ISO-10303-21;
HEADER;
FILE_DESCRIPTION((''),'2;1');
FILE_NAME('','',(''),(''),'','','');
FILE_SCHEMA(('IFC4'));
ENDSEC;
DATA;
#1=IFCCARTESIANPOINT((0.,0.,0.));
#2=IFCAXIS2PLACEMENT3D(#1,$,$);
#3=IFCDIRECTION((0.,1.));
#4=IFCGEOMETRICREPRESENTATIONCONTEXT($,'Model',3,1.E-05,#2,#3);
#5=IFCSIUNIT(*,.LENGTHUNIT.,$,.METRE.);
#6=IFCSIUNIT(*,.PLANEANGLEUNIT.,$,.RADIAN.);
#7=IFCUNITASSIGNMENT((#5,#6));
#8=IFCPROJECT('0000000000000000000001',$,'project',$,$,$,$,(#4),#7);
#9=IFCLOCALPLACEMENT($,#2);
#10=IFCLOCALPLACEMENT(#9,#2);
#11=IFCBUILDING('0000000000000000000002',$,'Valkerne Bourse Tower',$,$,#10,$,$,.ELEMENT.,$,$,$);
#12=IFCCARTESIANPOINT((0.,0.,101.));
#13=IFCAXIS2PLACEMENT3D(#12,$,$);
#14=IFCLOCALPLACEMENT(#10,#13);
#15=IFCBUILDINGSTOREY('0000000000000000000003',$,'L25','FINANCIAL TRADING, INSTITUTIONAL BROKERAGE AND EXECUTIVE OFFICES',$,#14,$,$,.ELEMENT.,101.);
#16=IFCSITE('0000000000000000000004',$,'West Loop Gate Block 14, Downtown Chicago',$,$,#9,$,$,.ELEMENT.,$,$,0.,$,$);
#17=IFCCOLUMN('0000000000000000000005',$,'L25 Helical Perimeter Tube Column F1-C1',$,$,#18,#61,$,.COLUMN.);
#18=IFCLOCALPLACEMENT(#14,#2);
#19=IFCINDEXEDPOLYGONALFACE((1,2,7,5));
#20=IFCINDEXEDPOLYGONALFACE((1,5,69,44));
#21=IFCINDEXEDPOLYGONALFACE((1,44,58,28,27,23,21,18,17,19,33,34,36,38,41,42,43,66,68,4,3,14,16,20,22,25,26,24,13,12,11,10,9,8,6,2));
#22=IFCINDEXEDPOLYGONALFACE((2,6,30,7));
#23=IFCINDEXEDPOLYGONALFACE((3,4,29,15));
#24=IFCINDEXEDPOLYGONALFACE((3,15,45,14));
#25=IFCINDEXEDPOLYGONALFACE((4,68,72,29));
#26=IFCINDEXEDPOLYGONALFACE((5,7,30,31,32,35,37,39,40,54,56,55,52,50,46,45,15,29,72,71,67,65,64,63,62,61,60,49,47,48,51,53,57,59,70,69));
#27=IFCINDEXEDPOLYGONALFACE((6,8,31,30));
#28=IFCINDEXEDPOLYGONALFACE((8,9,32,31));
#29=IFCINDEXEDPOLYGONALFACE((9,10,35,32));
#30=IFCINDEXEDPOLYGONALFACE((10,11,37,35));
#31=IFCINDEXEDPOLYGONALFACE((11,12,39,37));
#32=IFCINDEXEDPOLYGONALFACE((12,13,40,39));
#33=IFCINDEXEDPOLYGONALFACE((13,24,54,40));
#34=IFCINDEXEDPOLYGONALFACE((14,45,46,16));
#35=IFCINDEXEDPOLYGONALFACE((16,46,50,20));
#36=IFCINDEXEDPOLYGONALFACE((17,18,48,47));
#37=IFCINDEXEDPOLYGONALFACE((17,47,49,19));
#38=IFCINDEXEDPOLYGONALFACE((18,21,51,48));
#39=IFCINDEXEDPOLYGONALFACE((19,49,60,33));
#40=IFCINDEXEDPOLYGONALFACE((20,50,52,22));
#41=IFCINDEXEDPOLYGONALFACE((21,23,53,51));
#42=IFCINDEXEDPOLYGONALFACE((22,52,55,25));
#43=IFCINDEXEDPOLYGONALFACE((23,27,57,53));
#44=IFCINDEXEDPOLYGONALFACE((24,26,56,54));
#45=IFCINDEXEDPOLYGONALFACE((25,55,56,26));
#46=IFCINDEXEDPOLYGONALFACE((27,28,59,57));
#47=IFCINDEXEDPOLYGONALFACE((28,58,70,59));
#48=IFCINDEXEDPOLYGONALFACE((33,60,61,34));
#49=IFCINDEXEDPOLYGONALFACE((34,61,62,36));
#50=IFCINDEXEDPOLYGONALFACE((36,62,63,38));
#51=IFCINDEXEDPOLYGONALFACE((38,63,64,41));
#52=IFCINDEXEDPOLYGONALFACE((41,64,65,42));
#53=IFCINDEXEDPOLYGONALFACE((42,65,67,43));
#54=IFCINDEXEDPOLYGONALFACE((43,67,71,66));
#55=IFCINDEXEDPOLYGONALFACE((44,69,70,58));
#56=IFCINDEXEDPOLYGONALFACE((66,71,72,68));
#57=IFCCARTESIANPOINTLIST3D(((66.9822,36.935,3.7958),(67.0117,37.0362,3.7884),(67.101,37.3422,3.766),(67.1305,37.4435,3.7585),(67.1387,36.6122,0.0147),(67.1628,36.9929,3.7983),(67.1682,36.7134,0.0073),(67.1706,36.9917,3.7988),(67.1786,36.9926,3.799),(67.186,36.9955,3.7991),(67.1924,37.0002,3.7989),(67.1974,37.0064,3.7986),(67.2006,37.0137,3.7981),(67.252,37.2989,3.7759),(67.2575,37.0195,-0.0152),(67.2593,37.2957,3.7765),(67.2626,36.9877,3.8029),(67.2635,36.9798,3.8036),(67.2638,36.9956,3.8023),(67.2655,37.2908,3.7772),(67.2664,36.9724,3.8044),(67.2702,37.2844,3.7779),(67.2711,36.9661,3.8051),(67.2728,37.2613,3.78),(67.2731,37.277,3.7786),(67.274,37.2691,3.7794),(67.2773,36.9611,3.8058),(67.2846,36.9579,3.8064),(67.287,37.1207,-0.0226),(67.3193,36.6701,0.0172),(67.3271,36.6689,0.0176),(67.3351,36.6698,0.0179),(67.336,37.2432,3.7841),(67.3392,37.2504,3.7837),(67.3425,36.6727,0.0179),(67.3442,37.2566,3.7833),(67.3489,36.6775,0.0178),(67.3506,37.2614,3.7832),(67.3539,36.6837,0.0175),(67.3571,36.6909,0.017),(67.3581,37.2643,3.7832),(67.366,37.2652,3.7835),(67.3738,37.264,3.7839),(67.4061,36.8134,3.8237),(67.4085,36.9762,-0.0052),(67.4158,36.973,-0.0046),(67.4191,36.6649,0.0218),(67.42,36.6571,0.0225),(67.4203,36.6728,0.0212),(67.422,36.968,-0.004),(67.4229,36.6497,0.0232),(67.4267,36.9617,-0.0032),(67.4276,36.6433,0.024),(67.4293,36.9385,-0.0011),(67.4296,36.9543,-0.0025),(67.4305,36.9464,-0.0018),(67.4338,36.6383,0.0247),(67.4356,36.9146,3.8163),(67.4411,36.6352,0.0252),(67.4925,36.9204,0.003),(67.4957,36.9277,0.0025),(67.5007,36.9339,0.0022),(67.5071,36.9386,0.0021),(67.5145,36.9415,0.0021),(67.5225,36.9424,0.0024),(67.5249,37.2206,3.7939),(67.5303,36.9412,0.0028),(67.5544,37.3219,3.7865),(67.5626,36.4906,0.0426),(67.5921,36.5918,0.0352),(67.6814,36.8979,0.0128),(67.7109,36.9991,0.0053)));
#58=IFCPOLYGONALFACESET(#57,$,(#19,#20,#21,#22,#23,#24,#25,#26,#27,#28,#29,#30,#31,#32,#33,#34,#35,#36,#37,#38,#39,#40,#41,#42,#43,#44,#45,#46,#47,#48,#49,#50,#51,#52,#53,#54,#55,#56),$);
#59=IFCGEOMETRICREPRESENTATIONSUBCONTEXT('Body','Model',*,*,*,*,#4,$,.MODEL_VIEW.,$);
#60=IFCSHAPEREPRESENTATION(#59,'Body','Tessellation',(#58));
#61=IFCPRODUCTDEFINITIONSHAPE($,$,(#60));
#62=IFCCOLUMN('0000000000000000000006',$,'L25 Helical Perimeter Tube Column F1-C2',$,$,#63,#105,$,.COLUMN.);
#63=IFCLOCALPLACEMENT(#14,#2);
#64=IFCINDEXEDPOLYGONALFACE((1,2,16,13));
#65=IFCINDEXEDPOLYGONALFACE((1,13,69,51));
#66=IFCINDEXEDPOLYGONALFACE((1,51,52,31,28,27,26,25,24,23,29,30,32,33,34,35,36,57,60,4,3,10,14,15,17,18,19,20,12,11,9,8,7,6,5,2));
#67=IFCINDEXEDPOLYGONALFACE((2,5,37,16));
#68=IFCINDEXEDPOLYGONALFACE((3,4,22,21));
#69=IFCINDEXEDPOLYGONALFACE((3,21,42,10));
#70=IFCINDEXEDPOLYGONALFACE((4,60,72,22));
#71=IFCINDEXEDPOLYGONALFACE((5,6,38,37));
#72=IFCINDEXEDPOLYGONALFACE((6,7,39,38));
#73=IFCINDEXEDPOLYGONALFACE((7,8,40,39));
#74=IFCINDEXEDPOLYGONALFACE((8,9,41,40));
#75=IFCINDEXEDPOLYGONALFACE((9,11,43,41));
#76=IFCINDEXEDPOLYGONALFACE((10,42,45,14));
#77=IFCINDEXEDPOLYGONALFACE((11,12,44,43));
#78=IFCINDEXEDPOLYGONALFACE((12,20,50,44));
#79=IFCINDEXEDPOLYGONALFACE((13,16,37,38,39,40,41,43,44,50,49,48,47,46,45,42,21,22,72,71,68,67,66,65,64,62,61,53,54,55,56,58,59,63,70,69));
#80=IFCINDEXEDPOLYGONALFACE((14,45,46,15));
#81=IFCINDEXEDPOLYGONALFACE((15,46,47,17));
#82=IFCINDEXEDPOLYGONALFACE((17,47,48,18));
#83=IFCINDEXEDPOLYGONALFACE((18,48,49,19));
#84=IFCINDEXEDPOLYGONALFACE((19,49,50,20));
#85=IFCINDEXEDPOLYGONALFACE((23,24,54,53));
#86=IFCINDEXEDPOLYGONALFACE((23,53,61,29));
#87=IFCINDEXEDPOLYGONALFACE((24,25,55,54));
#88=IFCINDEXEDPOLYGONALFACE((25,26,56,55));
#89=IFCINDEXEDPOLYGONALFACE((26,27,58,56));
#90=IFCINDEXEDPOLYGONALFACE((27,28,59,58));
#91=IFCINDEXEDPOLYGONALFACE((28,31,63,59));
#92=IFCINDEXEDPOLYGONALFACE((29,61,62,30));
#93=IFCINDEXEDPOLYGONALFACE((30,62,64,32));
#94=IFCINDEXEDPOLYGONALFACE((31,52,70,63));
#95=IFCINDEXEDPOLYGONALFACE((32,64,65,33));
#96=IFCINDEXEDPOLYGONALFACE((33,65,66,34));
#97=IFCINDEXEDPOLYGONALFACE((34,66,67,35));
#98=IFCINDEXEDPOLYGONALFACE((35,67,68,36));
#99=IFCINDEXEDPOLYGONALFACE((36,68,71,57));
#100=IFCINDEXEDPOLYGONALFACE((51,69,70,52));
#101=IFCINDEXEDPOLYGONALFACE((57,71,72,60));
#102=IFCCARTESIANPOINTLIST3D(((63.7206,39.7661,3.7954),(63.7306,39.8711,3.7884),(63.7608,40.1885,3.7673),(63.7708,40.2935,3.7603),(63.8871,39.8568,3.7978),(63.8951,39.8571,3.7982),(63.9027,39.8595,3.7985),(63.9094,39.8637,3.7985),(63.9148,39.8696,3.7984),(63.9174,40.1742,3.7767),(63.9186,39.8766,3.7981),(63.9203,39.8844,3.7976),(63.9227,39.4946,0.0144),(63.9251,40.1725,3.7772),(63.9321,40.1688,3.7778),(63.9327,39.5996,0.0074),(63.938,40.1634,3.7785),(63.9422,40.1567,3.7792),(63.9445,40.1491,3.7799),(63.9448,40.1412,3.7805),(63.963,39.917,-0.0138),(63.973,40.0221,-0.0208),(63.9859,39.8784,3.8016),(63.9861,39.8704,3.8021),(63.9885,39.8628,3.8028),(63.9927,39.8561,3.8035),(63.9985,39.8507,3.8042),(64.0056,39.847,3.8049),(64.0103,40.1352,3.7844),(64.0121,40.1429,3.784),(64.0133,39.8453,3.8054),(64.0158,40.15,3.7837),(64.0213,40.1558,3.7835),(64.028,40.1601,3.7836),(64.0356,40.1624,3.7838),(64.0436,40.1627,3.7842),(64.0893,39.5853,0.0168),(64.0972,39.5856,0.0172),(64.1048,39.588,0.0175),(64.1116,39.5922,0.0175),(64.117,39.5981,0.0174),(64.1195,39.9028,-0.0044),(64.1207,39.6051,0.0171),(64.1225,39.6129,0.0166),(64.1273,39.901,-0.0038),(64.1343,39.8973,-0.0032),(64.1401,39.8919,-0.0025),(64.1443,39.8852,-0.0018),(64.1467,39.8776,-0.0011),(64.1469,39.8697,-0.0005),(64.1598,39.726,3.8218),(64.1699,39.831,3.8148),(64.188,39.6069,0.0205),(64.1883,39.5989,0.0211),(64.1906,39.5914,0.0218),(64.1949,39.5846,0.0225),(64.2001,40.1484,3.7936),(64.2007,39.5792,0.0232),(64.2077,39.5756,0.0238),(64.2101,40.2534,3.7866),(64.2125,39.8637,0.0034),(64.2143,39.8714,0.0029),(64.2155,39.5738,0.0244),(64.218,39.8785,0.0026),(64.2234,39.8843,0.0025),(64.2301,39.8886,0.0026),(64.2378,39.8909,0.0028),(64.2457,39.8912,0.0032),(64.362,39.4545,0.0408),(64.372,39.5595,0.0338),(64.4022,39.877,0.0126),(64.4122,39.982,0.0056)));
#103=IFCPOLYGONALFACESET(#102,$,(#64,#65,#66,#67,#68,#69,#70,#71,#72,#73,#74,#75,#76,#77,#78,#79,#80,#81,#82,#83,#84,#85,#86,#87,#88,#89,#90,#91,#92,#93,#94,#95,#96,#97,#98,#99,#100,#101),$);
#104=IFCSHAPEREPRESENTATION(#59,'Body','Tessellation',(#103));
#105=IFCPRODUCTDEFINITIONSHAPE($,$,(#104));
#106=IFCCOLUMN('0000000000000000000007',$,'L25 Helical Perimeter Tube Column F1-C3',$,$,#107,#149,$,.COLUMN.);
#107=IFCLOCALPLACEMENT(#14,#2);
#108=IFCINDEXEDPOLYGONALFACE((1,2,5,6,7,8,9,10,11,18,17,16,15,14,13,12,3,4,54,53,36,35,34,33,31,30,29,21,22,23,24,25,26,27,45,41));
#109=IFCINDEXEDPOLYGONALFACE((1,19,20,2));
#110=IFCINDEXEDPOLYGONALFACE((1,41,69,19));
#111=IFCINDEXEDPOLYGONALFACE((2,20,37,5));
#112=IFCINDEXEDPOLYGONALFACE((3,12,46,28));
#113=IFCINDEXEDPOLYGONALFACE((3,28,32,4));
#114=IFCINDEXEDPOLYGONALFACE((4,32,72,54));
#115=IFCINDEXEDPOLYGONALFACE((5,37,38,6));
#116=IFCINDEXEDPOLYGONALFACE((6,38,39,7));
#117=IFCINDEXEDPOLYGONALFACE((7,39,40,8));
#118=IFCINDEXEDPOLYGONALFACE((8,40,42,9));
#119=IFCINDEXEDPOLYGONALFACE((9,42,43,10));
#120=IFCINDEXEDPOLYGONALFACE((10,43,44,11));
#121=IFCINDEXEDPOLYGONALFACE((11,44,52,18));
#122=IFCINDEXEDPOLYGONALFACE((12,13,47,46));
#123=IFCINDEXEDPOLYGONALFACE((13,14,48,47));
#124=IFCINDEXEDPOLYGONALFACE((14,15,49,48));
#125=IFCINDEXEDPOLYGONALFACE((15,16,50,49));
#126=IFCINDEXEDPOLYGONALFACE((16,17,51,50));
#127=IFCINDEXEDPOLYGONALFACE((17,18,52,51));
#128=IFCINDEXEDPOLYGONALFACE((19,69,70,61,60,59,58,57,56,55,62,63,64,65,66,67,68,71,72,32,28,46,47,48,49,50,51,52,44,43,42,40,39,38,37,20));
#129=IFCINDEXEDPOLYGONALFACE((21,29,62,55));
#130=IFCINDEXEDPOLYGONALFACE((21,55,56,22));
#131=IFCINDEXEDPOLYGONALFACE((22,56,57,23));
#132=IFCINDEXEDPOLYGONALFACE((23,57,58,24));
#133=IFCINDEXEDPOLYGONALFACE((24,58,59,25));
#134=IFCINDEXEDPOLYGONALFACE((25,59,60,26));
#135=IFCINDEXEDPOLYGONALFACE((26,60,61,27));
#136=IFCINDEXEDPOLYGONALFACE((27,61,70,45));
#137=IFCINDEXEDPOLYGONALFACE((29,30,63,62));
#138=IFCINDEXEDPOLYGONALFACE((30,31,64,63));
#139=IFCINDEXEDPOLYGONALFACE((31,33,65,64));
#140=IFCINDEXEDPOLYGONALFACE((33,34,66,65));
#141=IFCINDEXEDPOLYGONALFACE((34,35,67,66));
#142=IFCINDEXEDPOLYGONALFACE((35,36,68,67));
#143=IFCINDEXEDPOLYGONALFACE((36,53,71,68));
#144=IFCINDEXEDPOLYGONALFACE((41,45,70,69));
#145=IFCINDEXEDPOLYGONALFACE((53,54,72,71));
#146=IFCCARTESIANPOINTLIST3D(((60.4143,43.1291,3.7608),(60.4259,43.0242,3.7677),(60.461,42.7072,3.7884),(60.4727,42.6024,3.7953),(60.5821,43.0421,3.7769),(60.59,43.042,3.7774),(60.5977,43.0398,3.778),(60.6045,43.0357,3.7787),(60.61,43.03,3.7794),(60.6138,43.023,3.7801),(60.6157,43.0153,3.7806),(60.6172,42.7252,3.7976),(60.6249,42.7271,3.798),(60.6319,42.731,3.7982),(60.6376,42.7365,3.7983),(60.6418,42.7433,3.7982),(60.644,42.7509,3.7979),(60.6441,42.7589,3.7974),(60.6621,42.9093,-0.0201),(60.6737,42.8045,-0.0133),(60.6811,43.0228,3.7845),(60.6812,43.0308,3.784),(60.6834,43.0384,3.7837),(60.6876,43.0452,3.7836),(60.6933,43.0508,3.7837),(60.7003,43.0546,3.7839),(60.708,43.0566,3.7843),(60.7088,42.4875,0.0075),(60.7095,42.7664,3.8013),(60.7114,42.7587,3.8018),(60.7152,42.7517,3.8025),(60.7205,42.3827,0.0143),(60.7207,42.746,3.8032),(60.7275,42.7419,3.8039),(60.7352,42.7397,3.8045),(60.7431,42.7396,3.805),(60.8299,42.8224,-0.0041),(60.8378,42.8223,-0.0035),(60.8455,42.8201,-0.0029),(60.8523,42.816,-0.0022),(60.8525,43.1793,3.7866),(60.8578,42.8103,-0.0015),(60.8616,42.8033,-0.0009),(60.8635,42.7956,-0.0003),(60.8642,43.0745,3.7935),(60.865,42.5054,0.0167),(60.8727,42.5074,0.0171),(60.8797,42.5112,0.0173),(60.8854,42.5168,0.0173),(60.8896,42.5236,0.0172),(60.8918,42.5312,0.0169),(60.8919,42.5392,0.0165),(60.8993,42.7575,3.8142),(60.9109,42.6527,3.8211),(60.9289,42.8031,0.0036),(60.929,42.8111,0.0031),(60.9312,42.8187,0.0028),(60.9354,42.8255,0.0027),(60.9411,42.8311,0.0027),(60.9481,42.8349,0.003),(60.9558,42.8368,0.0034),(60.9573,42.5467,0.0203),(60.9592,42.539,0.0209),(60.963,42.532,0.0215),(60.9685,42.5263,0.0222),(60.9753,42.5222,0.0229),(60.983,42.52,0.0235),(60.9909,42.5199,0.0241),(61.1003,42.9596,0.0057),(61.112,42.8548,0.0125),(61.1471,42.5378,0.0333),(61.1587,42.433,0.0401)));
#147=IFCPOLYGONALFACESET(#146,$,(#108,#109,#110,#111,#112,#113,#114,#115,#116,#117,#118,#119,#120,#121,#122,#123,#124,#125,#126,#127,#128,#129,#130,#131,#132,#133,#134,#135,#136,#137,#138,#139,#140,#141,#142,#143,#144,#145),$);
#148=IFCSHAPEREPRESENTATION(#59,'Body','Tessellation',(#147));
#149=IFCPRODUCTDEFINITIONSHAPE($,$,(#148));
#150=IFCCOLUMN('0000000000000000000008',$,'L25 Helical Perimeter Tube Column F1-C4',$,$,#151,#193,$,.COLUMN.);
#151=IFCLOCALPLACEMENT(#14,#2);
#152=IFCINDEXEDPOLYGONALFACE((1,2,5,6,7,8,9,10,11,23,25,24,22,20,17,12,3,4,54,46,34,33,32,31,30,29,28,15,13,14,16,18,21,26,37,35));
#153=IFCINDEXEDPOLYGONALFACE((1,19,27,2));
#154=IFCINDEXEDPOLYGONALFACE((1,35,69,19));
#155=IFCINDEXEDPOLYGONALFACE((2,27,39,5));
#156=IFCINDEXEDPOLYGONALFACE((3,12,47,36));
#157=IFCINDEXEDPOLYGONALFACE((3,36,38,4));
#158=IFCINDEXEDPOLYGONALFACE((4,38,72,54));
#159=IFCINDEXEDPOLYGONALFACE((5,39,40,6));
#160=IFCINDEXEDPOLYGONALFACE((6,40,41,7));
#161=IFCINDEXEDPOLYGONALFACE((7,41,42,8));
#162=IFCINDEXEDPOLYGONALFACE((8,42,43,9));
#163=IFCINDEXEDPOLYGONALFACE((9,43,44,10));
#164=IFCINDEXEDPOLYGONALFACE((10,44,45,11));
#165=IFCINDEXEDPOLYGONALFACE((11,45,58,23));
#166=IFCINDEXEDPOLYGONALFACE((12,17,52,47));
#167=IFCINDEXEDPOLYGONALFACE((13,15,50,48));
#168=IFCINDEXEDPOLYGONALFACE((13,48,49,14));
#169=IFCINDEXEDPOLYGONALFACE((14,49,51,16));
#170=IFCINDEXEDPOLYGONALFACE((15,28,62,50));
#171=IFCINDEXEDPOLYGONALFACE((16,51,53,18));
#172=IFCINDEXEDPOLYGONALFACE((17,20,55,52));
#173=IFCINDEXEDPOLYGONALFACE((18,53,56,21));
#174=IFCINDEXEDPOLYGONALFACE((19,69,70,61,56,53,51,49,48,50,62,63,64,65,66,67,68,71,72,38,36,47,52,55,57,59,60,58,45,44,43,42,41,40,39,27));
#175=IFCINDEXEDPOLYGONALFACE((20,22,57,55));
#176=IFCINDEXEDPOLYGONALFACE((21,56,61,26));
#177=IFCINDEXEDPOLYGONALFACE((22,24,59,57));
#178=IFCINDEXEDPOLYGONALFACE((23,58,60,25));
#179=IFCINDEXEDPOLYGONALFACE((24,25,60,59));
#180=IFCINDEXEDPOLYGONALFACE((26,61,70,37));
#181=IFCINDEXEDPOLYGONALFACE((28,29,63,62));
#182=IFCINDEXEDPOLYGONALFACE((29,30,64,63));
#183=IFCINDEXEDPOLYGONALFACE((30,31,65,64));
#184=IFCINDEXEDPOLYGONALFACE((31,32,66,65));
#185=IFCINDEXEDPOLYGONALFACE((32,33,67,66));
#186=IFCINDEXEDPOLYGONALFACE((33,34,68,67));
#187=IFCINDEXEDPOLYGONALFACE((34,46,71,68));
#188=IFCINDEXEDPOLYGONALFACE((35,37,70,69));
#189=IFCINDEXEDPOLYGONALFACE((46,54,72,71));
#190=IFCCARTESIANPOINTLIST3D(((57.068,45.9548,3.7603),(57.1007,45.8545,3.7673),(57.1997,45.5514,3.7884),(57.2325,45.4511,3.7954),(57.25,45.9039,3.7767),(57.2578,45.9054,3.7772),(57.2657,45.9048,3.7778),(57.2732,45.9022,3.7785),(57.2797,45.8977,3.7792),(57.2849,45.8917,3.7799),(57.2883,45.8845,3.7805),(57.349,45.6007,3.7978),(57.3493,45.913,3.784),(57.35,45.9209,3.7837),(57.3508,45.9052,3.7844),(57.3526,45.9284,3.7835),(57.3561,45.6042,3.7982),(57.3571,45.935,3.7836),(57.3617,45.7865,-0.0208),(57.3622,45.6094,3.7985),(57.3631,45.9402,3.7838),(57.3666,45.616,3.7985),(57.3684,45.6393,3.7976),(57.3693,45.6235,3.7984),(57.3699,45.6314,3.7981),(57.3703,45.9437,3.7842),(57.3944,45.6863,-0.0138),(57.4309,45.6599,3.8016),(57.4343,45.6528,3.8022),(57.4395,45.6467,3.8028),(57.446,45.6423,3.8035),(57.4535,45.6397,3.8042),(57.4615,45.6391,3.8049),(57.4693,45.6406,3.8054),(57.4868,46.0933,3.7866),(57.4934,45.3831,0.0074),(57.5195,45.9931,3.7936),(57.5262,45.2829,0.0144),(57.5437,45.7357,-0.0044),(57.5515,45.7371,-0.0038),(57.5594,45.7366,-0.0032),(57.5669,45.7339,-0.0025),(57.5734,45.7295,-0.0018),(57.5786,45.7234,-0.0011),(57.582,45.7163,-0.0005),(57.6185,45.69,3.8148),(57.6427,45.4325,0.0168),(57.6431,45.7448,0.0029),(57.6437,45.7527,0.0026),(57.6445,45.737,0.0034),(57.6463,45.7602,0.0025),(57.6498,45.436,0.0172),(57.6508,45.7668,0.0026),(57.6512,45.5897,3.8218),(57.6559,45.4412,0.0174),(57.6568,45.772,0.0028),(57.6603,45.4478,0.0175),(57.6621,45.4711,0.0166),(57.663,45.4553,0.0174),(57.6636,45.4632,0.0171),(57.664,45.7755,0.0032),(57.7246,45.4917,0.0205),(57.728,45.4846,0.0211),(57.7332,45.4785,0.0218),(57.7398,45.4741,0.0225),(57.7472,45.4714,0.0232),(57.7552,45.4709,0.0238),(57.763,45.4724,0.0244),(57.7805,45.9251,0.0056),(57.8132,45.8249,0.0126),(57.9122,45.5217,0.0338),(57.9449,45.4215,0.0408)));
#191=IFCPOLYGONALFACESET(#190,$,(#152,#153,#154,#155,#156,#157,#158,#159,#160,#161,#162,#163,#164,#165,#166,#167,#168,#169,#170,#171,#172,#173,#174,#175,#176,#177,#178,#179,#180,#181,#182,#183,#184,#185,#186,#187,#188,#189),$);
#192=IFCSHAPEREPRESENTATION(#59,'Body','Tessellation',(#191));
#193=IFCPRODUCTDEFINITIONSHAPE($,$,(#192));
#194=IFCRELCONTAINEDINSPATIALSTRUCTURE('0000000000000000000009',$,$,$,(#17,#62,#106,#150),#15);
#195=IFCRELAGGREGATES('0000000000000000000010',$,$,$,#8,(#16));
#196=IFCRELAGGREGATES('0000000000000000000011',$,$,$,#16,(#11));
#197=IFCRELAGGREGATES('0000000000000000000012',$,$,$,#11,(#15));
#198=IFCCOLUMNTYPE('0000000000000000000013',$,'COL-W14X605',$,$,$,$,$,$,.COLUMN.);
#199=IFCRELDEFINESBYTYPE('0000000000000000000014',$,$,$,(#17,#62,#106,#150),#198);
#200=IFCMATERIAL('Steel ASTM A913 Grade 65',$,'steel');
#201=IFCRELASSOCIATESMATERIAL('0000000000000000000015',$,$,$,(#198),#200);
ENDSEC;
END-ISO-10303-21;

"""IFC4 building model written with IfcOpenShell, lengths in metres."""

from ifc_helpers import new_model, si_unit, direction, frame, origin, origin_2d, place, context, subcontext, project, spatial, i_section, extrude, material, material_profile, profile_set, type_object, element, save


model = new_model("IFC4")

# Units and contexts
model_context = context("Model", 3, precision=1e-05, world=origin(), true_north=direction((0.0, 1.0)))
body_context = subcontext(model_context, "Body", "Model", "MODEL_VIEW")
ifc_project = project(units=[si_unit("LENGTHUNIT", "METRE"), si_unit("PLANEANGLEUNIT", "RADIAN")], contexts=[model_context])

# Site, building, storey
site_placement = place(None, origin())
site = spatial("IfcSite", under=ifc_project, at=site_placement, Name="West Loop Gate Block 14, Downtown Chicago", CompositionType="ELEMENT", RefElevation=0.0)
building_placement = place(site_placement, origin())
building = spatial("IfcBuilding", under=site, at=building_placement, Name="Valkerne Bourse Tower", CompositionType="ELEMENT")
storey_placement = place(building_placement, frame((0.0, 0.0, 101.0)))
storey = spatial("IfcBuildingStorey", under=building, at=storey_placement, Name="L25", Description="FINANCIAL TRADING, INSTITUTIONAL BROKERAGE AND EXECUTIVE OFFICES", CompositionType="ELEMENT", Elevation=101.0)

# Columns
ifc_material_1 = material(Name="Steel ASTM A913 Grade 65", Category="steel")
ifc_material_profile_1 = material_profile(ifc_material_1, i_section(OverallWidth=0.4419, OverallDepth=0.531, WebThickness=0.0659, FlangeThickness=0.1057, FilletRadius=0.0305, at=origin_2d()), Name="W14X605")
ifc_profile_set_1 = profile_set([ifc_material_profile_1], Name="Steel ASTM A913 Grade 65")
column_type = type_object("IfcColumnType", Name="COL-W14X605", PredefinedType="COLUMN", material=ifc_profile_set_1)
column_1_placement = place(storey_placement, frame((67.4248, 36.8057, 0.01), z_axis=(-0.041205, 0.08498, 0.99553), x_axis=(0.959316, -0.27517, 0.063195)))
element("IfcColumn", 1, at=column_1_placement, inside=storey, type_object=column_type, Name="L25 Helical Perimeter Tube Column F1-C1", PredefinedType="COLUMN", context=body_context, shape_type="SweptSolid", body=[
    extrude(i_section(OverallWidth=0.4419, OverallDepth=0.531, WebThickness=0.0659, FlangeThickness=0.1057, FilletRadius=0.0305, at=origin_2d()), origin(), (0.0, 0.0, 1.0), 3.7981),
])
column_2_placement = place(storey_placement, frame((64.1675, 39.7383, 0.01), z_axis=(-0.053251, 0.071516, 0.996017), x_axis=(0.994087, -0.090728, 0.059663)))
element("IfcColumn", 2, at=column_2_placement, inside=storey, type_object=column_type, Name="L25 Helical Perimeter Tube Column F1-C2", PredefinedType="COLUMN", context=body_context, shape_type="SweptSolid", body=[
    extrude(i_section(OverallWidth=0.4419, OverallDepth=0.531, WebThickness=0.0659, FlangeThickness=0.1057, FilletRadius=0.0305, at=origin_2d()), origin(), (0.0, 0.0, 1.0), 3.7961),
])
column_3_placement = place(storey_placement, frame((60.9104, 42.6711, 0.01), z_axis=(-0.065289, 0.057892, 0.996186), x_axis=(0.991787, 0.113797, 0.058387)))
element("IfcColumn", 3, at=column_3_placement, inside=storey, type_object=column_type, Name="L25 Helical Perimeter Tube Column F1-C3", PredefinedType="COLUMN", context=body_context, shape_type="SweptSolid", body=[
    extrude(i_section(OverallWidth=0.4419, OverallDepth=0.531, WebThickness=0.0659, FlangeThickness=0.1057, FilletRadius=0.0305, at=origin_2d()), origin(), (0.0, 0.0, 1.0), 3.7954),
])
column_4_placement = place(storey_placement, frame((57.6533, 45.604, 0.01), z_axis=(-0.077369, 0.044312, 0.996017), x_axis=(0.947666, 0.313638, 0.059659)))
element("IfcColumn", 4, at=column_4_placement, inside=storey, type_object=column_type, Name="L25 Helical Perimeter Tube Column F1-C4", PredefinedType="COLUMN", context=body_context, shape_type="SweptSolid", body=[
    extrude(i_section(OverallWidth=0.4419, OverallDepth=0.531, WebThickness=0.0659, FlangeThickness=0.1057, FilletRadius=0.0305, at=origin_2d()), origin(), (0.0, 0.0, 1.0), 3.7961),
])

save(model, "model.ifc")
